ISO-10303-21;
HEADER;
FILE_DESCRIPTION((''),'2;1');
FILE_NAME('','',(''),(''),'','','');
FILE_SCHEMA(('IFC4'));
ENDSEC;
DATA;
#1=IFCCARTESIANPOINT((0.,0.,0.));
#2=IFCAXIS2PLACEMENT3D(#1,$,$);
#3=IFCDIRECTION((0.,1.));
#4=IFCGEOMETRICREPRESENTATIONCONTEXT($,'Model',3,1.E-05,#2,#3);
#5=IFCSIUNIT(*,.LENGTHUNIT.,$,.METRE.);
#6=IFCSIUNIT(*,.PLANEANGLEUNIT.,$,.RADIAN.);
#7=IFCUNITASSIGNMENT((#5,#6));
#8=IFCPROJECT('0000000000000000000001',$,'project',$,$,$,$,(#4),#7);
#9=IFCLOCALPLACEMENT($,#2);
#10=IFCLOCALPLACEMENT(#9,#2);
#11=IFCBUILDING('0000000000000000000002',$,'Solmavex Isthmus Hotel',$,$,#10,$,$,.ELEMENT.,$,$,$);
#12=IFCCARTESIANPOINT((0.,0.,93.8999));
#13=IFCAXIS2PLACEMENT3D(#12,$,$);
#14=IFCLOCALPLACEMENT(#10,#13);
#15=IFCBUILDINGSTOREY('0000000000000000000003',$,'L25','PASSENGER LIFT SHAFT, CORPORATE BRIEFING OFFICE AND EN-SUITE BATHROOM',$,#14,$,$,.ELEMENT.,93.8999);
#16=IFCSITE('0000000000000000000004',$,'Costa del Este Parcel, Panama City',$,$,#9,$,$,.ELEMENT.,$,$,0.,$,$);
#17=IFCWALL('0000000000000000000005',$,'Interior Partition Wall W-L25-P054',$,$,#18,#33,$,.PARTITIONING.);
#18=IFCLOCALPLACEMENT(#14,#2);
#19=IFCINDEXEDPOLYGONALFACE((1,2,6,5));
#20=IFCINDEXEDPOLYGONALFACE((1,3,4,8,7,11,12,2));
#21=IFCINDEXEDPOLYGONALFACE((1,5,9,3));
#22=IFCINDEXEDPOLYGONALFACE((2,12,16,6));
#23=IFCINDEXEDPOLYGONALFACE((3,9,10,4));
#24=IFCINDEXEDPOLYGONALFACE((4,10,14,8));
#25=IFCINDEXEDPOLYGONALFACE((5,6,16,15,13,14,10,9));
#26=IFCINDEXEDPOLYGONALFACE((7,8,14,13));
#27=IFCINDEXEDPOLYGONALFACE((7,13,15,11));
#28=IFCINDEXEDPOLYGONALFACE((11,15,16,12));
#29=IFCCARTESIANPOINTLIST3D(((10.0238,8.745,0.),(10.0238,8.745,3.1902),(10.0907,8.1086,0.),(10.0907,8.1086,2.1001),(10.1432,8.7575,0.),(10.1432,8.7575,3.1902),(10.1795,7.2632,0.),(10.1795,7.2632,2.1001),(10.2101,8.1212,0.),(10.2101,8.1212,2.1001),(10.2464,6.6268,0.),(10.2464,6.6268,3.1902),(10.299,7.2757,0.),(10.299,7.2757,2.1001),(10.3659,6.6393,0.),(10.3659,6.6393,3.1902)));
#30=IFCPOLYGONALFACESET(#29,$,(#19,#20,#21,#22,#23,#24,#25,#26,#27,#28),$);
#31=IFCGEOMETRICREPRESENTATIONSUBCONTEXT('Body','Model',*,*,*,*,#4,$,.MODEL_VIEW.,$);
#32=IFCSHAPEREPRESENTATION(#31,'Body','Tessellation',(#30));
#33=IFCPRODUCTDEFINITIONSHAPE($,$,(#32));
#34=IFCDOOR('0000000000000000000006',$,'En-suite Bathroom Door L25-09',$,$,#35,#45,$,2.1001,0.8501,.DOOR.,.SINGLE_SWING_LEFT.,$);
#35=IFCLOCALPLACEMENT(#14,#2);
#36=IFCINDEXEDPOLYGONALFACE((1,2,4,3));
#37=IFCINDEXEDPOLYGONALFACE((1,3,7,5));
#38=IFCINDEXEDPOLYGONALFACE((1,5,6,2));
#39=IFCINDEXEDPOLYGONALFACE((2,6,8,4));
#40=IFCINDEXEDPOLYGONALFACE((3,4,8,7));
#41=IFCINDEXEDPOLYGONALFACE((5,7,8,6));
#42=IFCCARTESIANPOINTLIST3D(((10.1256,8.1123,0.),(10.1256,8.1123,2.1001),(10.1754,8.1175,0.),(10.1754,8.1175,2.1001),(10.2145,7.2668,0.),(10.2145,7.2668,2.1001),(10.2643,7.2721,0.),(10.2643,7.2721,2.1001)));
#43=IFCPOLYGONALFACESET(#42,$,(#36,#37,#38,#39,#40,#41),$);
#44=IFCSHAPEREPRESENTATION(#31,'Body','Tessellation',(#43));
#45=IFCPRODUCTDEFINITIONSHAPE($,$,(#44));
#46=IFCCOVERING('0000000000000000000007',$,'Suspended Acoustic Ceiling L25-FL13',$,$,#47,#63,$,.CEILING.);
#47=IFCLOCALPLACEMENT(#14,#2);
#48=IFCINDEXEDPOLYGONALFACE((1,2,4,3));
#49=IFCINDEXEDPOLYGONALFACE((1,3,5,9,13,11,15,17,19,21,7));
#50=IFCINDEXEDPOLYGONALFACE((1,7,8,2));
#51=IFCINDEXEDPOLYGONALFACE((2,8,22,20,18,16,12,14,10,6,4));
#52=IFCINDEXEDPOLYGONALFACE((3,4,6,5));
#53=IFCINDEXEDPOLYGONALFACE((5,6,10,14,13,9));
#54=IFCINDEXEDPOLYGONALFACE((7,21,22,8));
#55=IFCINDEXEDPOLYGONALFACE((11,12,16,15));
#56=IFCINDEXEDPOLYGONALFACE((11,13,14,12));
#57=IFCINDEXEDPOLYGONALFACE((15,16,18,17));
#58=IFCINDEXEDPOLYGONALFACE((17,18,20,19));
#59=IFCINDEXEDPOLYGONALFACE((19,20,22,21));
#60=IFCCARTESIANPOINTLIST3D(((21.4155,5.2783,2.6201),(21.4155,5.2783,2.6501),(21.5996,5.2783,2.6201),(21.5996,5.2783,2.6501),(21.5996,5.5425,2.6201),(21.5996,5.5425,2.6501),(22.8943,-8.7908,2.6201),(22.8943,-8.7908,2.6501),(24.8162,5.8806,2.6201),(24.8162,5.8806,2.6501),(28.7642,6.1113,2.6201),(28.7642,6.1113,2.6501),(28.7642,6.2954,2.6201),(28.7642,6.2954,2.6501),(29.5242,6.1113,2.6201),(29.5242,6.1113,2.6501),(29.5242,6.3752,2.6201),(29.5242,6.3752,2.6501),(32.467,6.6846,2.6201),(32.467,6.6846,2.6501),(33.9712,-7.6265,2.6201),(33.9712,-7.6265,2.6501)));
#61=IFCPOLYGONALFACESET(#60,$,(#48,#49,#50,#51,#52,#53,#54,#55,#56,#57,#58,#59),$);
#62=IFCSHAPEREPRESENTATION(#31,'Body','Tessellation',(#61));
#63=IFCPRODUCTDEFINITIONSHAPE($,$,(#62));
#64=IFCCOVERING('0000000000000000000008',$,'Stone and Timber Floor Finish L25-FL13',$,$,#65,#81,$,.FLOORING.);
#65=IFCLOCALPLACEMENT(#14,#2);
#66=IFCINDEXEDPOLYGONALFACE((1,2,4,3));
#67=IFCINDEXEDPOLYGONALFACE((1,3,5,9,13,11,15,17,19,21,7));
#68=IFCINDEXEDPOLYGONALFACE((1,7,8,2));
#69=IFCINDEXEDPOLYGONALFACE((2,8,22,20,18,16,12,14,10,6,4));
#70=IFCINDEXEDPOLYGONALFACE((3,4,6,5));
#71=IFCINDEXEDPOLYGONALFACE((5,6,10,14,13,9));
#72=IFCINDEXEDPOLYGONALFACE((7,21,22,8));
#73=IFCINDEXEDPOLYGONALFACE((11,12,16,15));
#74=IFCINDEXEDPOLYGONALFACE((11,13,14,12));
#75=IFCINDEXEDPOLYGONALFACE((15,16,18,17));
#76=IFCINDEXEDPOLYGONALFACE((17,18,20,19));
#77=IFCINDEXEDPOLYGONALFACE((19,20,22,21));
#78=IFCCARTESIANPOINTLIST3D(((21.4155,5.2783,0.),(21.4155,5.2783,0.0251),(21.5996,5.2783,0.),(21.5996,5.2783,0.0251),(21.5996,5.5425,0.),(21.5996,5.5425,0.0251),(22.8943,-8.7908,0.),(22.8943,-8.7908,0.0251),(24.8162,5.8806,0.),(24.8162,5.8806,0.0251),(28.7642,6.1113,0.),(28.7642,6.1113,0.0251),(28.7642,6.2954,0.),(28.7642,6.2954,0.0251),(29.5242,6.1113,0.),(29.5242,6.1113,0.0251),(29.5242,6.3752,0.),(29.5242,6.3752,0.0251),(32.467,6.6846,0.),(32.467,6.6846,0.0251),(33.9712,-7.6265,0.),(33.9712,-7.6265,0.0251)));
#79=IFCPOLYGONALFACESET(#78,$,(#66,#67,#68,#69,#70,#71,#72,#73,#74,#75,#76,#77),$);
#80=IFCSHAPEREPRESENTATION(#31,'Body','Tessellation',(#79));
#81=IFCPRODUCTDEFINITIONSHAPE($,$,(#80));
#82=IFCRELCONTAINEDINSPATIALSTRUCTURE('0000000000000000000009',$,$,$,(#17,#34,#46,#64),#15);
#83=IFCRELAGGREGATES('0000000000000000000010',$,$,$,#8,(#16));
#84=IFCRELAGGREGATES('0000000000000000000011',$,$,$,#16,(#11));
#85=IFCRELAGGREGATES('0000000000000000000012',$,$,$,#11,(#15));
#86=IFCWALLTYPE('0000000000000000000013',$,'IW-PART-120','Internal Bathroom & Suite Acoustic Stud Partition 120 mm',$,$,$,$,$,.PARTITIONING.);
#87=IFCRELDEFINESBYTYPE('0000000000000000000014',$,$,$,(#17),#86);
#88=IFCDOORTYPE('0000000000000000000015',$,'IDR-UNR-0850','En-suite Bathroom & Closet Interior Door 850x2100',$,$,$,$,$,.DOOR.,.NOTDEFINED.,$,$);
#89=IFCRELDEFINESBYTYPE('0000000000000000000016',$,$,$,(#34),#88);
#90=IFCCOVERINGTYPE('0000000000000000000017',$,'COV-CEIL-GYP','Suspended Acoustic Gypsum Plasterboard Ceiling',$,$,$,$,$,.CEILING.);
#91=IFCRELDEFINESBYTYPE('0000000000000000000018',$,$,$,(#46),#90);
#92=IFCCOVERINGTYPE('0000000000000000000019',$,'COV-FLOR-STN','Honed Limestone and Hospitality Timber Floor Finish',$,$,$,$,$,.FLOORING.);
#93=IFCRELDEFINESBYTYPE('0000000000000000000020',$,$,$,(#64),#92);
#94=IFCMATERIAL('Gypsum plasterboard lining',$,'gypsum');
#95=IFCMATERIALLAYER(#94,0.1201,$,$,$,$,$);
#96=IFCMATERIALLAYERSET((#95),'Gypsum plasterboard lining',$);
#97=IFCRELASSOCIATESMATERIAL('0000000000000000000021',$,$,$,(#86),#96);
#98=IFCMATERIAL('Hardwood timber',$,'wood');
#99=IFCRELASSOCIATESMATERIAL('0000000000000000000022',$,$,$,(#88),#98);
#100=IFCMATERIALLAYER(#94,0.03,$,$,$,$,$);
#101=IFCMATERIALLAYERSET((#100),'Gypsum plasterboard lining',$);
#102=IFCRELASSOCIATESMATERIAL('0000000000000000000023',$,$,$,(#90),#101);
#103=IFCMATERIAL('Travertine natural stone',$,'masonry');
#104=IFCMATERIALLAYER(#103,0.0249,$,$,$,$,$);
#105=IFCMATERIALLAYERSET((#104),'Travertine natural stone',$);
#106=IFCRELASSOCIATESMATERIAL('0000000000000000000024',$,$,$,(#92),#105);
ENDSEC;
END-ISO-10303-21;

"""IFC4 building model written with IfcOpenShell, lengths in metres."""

from ifc_helpers import new_model, si_unit, direction, frame, frame_2d, origin, place, context, subcontext, project, spatial, polyline, rectangle, outline, extrude, material, layer, layer_set, type_object, element, fill, save


model = new_model("IFC4")

# Units and contexts
model_context = context("Model", 3, precision=1e-05, world=origin(), true_north=direction((0.0, 1.0)))
body_context = subcontext(model_context, "Body", "Model", "MODEL_VIEW")
ifc_project = project(units=[si_unit("LENGTHUNIT", "METRE"), si_unit("PLANEANGLEUNIT", "RADIAN")], contexts=[model_context])

# Site, building, storey
site_placement = place(None, origin())
site = spatial("IfcSite", under=ifc_project, at=site_placement, Name="Costa del Este Parcel, Panama City", CompositionType="ELEMENT", RefElevation=0.0)
building_placement = place(site_placement, origin())
building = spatial("IfcBuilding", under=site, at=building_placement, Name="Solmavex Isthmus Hotel", CompositionType="ELEMENT")
storey_placement = place(building_placement, frame((0.0, 0.0, 93.8999)))
storey = spatial("IfcBuildingStorey", under=building, at=storey_placement, Name="L25", Description="PASSENGER LIFT SHAFT, CORPORATE BRIEFING OFFICE AND EN-SUITE BATHROOM", CompositionType="ELEMENT", Elevation=93.8999)

# Shared definitions
ifc_material_1 = material(Name="Gypsum plasterboard lining", Category="gypsum")
ifc_material_2 = material(Name="Hardwood timber", Category="wood")

# Wall, opening, door
ifc_layer_1 = layer(ifc_material_1, 0.1201)
ifc_layer_set_1 = layer_set([ifc_layer_1], Name="Gypsum plasterboard lining")
wall_type_1 = type_object("IfcWallType", Name="IW-PART-120", Description="Internal Bathroom & Suite Acoustic Stud Partition 120 mm", PredefinedType="PARTITIONING", material=ifc_layer_set_1)
door_type_1 = type_object("IfcDoorType", Name="IDR-UNR-0850", Description="En-suite Bathroom & Closet Interior Door 850x2100", OperationType="NOTDEFINED", PredefinedType="DOOR", material=ifc_material_2)
wall_1_placement = place(storey_placement, frame((10.3062, 6.6331, 0.0), z_axis=(0.0, 0.0, 1.0), x_axis=(-0.104542, 0.994521, 0.0)))
wall_1 = element("IfcWall", 1, at=wall_1_placement, inside=storey, type_object=wall_type_1, Name="Interior Partition Wall W-L25-P054", PredefinedType="PARTITIONING", context=body_context, shape_type="SweptSolid", body=[
    extrude(rectangle(XDim=2.1299, YDim=0.1201, at=frame_2d((1.0649, 0.0))), origin(), (0.0, 0.0, 1.0), 3.1902),
])
opening_1_placement = place(wall_1_placement, frame((0.6399, 0.0, 0.0)))
opening_1 = element("IfcOpeningElement", 2, at=opening_1_placement, cuts=wall_1, PredefinedType="OPENING", context=body_context, shape_type="SweptSolid", body=[
    extrude(rectangle(XDim=0.8501, YDim=2.1001, at=frame_2d((0.425, 1.05))), frame((0.0, 0.0701, 0.0), z_axis=(0.0, -1.0, 0.0), x_axis=(1.0, 0.0, 0.0)), (0.0, 0.0, 1.0), 0.1401),
])
door_1_placement = place(opening_1_placement, origin())
door_1 = element("IfcDoor", 3, at=door_1_placement, inside=storey, type_object=door_type_1, Name="En-suite Bathroom Door L25-09", OperationType="SINGLE_SWING_LEFT", OverallHeight=2.1001, OverallWidth=0.8501, PredefinedType="DOOR", context=body_context, shape_type="SweptSolid", body=[
    extrude(rectangle(XDim=0.8501, YDim=2.1001, at=frame_2d((0.425, 1.05))), frame((0.0, 0.0249, 0.0), z_axis=(0.0, -1.0, 0.0), x_axis=(1.0, 0.0, 0.0)), (0.0, 0.0, 1.0), 0.05),
])
fill(opening_1, door_1)

# Coverings
ifc_layer_2 = layer(ifc_material_1, 0.03)
ifc_layer_set_2 = layer_set([ifc_layer_2], Name="Gypsum plasterboard lining")
covering_type_1 = type_object("IfcCoveringType", Name="COV-CEIL-GYP", Description="Suspended Acoustic Gypsum Plasterboard Ceiling", PredefinedType="CEILING", material=ifc_layer_set_2)
covering_1_placement = place(storey_placement, frame((0.0, 0.0, 2.6201)))
element("IfcCovering", 4, at=covering_1_placement, inside=storey, type_object=covering_type_1, Name="Suspended Acoustic Ceiling L25-FL13", PredefinedType="CEILING", context=body_context, shape_type="SweptSolid", body=[
    extrude(outline(polyline([(29.5242, 6.3752), (29.5242, 6.1113), (28.7642, 6.1113), (28.7642, 6.2954), (24.8162, 5.8806), (21.5996, 5.5425), (21.5996, 5.2783), (21.4155, 5.2783), (22.8943, -8.7908), (33.9712, -7.6265), (32.467, 6.6846), (29.5242, 6.3752)])), origin(), (0.0, 0.0, 1.0), 0.03),
])
ifc_material_3 = material(Name="Travertine natural stone", Category="masonry")
ifc_layer_3 = layer(ifc_material_3, 0.0249)
ifc_layer_set_3 = layer_set([ifc_layer_3], Name="Travertine natural stone")
covering_type_2 = type_object("IfcCoveringType", Name="COV-FLOR-STN", Description="Honed Limestone and Hospitality Timber Floor Finish", PredefinedType="FLOORING", material=ifc_layer_set_3)
covering_2_placement = place(storey_placement, origin())
element("IfcCovering", 5, at=covering_2_placement, inside=storey, type_object=covering_type_2, Name="Stone and Timber Floor Finish L25-FL13", PredefinedType="FLOORING", context=body_context, shape_type="SweptSolid", body=[
    extrude(outline(polyline([(29.5242, 6.3752), (29.5242, 6.1113), (28.7642, 6.1113), (28.7642, 6.2954), (24.8162, 5.8806), (21.5996, 5.5425), (21.5996, 5.2783), (21.4155, 5.2783), (22.8943, -8.7908), (33.9712, -7.6265), (32.467, 6.6846), (29.5242, 6.3752)])), origin(), (0.0, 0.0, 1.0), 0.0251),
])

save(model, "model.ifc")
